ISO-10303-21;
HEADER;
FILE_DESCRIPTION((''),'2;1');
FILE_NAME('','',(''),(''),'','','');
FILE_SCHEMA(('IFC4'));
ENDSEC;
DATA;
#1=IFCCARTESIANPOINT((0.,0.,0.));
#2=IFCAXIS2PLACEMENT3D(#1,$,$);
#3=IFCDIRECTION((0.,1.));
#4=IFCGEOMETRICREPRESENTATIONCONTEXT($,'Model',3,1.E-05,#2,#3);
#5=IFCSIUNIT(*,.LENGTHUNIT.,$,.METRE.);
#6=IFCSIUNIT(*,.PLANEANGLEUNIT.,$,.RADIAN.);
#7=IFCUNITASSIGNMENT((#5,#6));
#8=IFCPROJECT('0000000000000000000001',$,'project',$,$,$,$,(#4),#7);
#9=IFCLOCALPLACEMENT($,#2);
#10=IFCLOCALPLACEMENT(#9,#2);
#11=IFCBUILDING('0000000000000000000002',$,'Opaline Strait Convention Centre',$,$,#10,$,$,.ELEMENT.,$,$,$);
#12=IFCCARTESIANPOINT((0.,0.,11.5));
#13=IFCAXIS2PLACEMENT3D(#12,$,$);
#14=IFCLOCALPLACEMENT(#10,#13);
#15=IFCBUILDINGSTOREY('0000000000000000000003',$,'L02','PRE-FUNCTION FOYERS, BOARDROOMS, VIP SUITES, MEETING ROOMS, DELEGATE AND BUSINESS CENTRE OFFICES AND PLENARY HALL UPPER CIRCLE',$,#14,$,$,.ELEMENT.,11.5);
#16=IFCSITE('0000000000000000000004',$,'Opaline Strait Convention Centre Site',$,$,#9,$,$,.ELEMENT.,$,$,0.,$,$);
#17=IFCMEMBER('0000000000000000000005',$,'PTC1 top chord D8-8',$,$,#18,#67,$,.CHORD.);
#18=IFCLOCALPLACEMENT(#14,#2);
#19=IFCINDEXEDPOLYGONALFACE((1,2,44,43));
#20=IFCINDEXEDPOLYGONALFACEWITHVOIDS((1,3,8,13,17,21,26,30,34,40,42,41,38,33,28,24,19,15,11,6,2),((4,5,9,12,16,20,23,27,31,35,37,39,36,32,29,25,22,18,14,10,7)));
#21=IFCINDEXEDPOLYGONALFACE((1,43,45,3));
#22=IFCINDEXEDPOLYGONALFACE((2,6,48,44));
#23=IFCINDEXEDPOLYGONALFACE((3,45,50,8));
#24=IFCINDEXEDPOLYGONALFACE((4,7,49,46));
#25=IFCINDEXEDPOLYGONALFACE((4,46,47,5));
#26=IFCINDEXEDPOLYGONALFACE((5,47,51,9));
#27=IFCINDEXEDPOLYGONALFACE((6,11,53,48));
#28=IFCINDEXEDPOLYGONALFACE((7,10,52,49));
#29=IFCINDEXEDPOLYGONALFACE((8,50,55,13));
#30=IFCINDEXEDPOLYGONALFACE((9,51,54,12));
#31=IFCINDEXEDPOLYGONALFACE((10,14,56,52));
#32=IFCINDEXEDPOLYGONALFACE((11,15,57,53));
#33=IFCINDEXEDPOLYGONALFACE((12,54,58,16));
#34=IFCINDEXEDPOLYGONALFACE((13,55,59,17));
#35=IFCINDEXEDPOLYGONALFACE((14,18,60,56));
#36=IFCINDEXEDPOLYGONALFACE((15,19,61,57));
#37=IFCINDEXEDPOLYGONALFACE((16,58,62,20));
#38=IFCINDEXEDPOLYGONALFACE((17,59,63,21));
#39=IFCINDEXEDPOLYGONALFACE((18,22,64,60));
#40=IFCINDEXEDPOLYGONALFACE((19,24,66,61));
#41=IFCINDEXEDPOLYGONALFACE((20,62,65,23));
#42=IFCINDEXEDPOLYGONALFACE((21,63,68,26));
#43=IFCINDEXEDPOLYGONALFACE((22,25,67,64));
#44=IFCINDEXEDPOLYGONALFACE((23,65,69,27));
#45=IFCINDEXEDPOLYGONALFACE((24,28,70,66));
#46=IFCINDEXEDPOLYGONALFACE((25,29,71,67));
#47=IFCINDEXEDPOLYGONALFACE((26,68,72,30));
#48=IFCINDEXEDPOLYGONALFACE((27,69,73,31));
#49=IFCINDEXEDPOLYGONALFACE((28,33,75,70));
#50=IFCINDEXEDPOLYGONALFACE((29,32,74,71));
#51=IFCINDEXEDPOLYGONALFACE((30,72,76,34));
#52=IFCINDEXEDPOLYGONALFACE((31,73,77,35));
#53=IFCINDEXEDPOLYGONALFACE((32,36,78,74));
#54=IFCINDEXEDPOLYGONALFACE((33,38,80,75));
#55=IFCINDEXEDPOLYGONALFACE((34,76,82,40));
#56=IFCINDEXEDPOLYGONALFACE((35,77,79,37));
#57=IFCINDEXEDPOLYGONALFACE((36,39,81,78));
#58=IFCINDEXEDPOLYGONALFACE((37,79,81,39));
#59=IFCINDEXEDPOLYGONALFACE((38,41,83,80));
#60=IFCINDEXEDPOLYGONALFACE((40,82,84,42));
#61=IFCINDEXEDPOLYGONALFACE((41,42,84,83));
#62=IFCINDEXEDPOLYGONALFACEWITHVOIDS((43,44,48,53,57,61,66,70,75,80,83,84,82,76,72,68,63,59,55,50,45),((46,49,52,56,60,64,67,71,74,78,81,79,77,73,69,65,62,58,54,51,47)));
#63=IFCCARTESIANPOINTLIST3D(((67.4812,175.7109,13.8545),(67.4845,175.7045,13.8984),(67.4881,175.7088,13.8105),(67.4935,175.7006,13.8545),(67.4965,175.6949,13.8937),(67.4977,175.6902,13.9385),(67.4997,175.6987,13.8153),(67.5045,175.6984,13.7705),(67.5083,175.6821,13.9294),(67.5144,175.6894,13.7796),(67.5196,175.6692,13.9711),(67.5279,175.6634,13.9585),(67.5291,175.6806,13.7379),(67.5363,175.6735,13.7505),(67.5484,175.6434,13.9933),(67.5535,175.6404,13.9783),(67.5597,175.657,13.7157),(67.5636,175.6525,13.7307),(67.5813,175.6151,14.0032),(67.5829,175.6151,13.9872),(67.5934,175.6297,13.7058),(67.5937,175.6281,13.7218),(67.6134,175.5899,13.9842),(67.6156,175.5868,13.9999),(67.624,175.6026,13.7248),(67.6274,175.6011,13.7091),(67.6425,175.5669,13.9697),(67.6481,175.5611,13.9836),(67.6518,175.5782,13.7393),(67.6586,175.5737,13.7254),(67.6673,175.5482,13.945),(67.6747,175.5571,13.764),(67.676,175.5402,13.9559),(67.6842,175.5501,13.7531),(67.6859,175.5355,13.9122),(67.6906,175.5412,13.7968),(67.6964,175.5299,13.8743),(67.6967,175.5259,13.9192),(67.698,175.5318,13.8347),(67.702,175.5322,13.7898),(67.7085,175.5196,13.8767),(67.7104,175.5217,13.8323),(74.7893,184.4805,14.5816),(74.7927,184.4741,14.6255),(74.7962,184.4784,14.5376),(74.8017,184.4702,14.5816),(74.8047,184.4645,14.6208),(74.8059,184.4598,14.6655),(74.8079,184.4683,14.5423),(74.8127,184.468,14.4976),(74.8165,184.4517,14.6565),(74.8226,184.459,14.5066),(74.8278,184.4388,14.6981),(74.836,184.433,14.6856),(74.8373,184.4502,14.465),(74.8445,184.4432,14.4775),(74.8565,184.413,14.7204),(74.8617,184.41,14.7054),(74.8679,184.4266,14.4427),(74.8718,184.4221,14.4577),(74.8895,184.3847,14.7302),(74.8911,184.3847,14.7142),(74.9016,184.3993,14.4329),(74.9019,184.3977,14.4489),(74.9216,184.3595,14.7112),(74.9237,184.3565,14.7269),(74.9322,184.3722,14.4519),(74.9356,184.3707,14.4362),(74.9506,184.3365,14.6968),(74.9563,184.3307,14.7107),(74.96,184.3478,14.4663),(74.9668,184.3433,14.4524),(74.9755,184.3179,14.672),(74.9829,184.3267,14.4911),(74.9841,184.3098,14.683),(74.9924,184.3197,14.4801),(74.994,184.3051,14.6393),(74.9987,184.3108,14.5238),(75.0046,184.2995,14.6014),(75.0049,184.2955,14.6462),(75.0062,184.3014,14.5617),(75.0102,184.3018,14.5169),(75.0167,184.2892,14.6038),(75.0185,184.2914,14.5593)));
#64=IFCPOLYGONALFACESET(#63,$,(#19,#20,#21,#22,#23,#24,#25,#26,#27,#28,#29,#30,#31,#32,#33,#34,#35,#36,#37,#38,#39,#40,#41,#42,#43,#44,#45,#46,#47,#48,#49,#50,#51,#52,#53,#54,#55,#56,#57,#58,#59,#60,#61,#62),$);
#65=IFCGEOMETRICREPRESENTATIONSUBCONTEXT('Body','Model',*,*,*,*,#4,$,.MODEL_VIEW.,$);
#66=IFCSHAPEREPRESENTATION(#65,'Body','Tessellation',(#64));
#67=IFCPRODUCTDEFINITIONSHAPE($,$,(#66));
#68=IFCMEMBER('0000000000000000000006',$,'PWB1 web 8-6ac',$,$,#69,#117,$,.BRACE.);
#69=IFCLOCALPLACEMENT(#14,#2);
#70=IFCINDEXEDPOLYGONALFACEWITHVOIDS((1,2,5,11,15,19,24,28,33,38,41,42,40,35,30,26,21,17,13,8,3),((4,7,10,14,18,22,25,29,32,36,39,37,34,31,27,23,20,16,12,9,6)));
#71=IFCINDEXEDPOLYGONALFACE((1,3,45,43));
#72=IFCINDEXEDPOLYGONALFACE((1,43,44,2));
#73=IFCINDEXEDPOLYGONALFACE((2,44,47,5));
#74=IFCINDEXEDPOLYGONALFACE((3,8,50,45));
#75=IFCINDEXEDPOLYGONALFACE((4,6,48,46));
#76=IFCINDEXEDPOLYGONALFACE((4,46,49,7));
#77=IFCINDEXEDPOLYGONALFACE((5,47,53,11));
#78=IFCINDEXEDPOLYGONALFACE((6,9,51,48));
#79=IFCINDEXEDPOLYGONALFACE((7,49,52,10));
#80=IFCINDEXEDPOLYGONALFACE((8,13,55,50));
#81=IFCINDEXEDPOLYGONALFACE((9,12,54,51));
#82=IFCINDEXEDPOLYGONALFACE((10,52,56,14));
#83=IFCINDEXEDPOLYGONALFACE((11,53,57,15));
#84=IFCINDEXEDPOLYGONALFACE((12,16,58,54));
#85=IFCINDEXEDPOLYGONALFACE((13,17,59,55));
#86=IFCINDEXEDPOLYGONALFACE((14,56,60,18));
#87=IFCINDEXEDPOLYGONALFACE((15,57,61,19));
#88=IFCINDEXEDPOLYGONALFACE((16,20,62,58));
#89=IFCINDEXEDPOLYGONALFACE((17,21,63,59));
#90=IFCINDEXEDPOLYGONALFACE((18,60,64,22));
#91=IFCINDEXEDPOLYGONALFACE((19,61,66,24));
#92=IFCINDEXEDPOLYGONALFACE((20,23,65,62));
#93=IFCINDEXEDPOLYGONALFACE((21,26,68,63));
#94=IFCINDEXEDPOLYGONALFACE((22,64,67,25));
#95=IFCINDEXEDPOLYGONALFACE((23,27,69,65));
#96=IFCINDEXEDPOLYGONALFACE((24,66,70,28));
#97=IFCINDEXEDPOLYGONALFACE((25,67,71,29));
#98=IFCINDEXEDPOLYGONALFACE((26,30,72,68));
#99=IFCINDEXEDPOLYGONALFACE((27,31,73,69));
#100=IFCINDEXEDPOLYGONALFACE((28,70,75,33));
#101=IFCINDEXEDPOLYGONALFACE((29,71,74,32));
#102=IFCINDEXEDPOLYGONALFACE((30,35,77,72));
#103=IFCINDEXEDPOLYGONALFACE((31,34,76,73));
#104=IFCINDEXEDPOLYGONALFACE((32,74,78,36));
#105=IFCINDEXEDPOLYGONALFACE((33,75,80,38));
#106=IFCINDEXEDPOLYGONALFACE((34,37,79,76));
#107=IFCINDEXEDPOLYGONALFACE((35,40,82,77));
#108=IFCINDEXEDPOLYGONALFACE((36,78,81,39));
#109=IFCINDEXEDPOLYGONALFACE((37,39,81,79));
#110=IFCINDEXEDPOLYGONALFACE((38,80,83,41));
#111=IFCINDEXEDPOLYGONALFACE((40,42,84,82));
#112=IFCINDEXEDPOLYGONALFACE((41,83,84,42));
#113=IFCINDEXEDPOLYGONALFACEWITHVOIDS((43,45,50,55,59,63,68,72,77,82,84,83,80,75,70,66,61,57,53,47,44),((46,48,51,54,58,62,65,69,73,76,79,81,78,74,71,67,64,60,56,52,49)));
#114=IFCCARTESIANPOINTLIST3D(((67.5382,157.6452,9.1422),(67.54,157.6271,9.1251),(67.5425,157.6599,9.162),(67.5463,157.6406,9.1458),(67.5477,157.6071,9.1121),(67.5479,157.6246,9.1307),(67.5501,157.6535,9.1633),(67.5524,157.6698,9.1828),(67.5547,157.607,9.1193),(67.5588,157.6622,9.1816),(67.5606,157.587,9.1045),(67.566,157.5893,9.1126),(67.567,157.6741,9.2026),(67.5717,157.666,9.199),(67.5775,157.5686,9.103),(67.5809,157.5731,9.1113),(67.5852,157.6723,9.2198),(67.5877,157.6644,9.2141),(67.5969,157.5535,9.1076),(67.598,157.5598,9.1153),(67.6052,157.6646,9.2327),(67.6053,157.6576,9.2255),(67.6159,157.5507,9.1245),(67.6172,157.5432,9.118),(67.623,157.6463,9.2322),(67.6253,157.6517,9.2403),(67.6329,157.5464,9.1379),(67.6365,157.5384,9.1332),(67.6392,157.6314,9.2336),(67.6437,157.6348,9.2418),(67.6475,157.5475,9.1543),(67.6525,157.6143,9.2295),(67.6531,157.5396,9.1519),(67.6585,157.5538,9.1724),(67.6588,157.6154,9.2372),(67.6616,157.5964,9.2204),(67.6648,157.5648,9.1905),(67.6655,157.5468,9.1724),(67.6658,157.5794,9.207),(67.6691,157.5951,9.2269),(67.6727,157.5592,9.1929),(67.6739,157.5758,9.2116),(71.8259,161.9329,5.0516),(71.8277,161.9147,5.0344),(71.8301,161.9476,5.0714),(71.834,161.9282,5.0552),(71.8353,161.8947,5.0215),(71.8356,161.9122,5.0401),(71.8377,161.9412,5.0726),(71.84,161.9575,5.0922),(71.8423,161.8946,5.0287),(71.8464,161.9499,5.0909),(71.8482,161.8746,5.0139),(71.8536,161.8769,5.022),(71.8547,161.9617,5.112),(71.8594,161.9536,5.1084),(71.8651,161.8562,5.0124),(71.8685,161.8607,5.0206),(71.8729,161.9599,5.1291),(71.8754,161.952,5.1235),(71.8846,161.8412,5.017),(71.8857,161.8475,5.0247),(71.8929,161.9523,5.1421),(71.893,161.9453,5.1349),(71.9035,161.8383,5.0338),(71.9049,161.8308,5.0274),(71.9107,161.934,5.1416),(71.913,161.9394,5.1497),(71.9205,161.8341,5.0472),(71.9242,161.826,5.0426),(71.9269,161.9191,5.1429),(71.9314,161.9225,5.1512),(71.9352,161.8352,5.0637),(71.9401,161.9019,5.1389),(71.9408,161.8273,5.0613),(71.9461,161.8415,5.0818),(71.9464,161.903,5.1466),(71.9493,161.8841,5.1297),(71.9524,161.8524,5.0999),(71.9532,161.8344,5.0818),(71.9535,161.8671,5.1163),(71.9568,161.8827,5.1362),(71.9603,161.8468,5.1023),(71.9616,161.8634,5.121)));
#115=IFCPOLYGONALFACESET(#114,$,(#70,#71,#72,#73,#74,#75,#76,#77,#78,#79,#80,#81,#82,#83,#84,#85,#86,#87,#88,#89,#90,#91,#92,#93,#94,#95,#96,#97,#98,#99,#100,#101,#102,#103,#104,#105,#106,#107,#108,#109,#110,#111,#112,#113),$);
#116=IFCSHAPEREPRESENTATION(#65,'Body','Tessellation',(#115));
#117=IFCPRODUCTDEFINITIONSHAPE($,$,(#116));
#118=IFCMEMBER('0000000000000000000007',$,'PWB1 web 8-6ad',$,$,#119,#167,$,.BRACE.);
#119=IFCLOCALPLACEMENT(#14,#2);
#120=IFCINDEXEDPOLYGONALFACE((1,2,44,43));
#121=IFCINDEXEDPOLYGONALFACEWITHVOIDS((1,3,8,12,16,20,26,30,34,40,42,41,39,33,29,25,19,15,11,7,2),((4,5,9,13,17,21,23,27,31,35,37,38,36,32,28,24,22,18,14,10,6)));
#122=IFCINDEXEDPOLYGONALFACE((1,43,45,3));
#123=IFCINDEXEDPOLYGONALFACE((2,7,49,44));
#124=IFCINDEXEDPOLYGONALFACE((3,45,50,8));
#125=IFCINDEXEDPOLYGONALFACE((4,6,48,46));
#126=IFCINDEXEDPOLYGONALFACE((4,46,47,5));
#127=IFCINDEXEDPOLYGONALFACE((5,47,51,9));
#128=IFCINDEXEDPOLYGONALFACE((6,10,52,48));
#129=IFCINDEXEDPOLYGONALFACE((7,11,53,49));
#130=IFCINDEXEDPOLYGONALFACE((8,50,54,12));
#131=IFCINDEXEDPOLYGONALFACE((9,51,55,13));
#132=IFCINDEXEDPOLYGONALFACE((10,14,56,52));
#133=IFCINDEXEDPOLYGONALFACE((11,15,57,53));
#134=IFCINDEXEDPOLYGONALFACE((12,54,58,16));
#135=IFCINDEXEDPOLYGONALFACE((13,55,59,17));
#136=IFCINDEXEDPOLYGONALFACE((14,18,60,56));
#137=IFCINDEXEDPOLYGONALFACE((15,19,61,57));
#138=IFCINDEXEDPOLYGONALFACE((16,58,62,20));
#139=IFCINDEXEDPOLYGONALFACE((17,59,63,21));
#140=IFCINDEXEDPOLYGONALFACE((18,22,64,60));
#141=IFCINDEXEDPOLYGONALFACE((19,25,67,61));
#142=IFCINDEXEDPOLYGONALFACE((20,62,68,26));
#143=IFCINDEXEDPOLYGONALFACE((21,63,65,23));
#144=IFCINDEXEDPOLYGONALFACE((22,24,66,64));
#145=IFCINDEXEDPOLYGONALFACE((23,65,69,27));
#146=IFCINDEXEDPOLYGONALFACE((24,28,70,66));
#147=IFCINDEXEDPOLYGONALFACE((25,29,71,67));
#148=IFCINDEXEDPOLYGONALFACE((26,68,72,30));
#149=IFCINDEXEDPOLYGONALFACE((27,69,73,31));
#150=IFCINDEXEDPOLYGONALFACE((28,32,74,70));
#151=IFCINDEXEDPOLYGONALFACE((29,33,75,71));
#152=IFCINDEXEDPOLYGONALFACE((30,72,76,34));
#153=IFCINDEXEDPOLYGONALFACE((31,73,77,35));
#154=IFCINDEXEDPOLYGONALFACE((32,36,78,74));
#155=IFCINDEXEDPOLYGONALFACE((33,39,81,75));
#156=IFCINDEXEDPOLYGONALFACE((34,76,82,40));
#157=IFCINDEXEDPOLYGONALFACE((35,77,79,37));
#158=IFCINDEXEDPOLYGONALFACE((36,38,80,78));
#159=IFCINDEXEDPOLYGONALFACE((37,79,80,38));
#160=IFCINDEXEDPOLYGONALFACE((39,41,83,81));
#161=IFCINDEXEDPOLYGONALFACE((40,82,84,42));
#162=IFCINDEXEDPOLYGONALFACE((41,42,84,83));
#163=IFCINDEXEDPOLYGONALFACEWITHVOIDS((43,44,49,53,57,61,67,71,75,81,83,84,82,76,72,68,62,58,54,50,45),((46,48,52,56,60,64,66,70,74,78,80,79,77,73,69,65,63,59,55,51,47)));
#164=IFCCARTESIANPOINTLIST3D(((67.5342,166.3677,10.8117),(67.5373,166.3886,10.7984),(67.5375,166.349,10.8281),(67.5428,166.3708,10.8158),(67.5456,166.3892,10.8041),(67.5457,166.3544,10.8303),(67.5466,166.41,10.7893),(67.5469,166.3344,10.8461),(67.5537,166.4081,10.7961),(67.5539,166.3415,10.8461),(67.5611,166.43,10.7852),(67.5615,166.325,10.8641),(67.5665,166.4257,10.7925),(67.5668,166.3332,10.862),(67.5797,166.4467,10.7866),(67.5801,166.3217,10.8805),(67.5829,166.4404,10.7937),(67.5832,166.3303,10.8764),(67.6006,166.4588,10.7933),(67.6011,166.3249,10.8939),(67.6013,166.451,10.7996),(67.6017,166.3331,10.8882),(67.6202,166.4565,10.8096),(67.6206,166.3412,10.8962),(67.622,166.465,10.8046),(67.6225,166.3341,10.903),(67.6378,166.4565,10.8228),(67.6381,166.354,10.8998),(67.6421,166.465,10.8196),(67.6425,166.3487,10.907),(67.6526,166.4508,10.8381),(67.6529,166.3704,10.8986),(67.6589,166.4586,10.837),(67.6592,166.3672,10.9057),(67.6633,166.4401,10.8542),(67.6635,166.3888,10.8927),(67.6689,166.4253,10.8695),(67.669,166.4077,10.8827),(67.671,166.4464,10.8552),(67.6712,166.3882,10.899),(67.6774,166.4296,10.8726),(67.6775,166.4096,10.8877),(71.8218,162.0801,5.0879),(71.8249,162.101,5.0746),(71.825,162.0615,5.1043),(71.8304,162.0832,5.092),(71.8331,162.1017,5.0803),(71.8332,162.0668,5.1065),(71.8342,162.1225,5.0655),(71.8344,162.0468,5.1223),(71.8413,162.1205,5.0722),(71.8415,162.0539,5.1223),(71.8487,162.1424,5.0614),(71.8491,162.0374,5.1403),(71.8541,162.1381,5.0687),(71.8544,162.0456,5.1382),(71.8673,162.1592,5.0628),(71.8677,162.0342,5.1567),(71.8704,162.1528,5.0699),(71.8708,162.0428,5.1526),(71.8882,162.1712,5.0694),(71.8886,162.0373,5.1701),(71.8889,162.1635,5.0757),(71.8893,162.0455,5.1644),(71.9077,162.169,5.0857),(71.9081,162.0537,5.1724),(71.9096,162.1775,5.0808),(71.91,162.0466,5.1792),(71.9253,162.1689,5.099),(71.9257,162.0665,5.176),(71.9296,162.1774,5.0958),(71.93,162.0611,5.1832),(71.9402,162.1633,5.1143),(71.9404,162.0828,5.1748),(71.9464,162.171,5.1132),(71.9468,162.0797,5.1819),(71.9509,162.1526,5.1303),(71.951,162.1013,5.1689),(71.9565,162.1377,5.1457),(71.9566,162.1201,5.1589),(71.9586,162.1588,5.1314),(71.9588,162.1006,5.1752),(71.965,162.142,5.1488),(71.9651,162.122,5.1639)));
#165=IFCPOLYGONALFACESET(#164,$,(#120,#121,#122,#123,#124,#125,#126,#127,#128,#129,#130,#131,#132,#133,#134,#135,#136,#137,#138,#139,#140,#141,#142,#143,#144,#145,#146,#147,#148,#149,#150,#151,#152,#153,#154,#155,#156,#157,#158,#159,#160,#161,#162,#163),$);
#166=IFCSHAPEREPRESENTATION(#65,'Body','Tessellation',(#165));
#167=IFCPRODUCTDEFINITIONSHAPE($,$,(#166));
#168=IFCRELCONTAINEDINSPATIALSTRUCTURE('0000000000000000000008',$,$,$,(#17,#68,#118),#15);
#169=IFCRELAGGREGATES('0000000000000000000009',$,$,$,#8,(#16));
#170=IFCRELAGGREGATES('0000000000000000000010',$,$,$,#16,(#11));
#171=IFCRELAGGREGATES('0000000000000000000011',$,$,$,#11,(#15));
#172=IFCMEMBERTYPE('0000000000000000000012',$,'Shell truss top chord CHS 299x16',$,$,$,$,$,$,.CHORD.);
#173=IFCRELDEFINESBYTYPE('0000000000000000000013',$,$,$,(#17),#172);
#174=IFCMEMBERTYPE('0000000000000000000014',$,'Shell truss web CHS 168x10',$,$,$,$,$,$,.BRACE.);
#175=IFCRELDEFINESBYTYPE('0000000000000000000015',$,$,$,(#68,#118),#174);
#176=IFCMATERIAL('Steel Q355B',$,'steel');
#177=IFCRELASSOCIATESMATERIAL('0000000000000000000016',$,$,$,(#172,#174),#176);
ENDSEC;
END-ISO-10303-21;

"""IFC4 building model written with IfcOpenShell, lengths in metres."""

from ifc_helpers import new_model, si_unit, direction, frame, origin, origin_2d, place, context, subcontext, project, spatial, hollow_circle, extrude, material, material_profile, profile_set, type_object, element, save


model = new_model("IFC4")

# Units and contexts
model_context = context("Model", 3, precision=1e-05, world=origin(), true_north=direction((0.0, 1.0)))
body_context = subcontext(model_context, "Body", "Model", "MODEL_VIEW")
ifc_project = project(units=[si_unit("LENGTHUNIT", "METRE"), si_unit("PLANEANGLEUNIT", "RADIAN")], contexts=[model_context])

# Site, building, storey
site_placement = place(None, origin())
site = spatial("IfcSite", under=ifc_project, at=site_placement, Name="Opaline Strait Convention Centre Site", CompositionType="ELEMENT", RefElevation=0.0)
building_placement = place(site_placement, origin())
building = spatial("IfcBuilding", under=site, at=building_placement, Name="Opaline Strait Convention Centre", CompositionType="ELEMENT")
storey_placement = place(building_placement, frame((0.0, 0.0, 11.5)))
storey = spatial("IfcBuildingStorey", under=building, at=storey_placement, Name="L02", Description="PRE-FUNCTION FOYERS, BOARDROOMS, VIP SUITES, MEETING ROOMS, DELEGATE AND BUSINESS CENTRE OFFICES AND PLENARY HALL UPPER CIRCLE", CompositionType="ELEMENT", Elevation=11.5)

# Members
ifc_material_1 = material(Name="Steel Q355B", Category="steel")
ifc_material_profile_1 = material_profile(ifc_material_1, hollow_circle(Radius=0.1494, WallThickness=0.0161, at=origin_2d()), Name="CHS 299x16")
ifc_profile_set_1 = profile_set([ifc_material_profile_1], Name="Steel Q355B")
member_type_1 = type_object("IfcMemberType", Name="Shell truss top chord CHS 299x16", PredefinedType="CHORD", material=ifc_profile_set_1)
member_1_placement = place(storey_placement, frame((67.5959, 175.6152, 13.8545), z_axis=(0.638898, 0.766661, 0.063561), x_axis=(-0.768214, 0.640193, 0.0)))
element("IfcMember", 1, at=member_1_placement, inside=storey, type_object=member_type_1, Name="PTC1 top chord D8-8", PredefinedType="CHORD", context=body_context, shape_type="SweptSolid", body=[
    extrude(hollow_circle(Radius=0.1494, WallThickness=0.0161, at=origin_2d()), origin(), (0.0, 0.0, 1.0), 11.4387),
])
ifc_material_profile_2 = material_profile(ifc_material_1, hollow_circle(Radius=0.084, WallThickness=0.01, at=origin_2d()), Name="CHS 168x10")
ifc_profile_set_2 = profile_set([ifc_material_profile_2], Name="Steel Q355B")
member_type_2 = type_object("IfcMemberType", Name="Shell truss web CHS 168x10", PredefinedType="BRACE", material=ifc_profile_set_2)
member_2_placement = place(storey_placement, frame((71.8938, 161.8938, 5.0818), z_axis=(-0.586189, -0.586189, 0.559253), x_axis=(0.707107, -0.707107, 0.0)))
element("IfcMember", 2, at=member_2_placement, inside=storey, type_object=member_type_2, Name="PWB1 web 8-6ac", PredefinedType="BRACE", context=body_context, shape_type="SweptSolid", body=[
    extrude(hollow_circle(Radius=0.084, WallThickness=0.01, at=origin_2d()), origin(), (0.0, 0.0, 1.0), 7.3145),
])
member_3_placement = place(storey_placement, frame((71.8938, 162.1062, 5.1223), z_axis=(-0.514196, 0.514196, 0.686444), x_axis=(-0.707107, -0.707107, 0.0)))
element("IfcMember", 3, at=member_3_placement, inside=storey, type_object=member_type_2, Name="PWB1 web 8-6ad", PredefinedType="BRACE", context=body_context, shape_type="SweptSolid", body=[
    extrude(hollow_circle(Radius=0.084, WallThickness=0.01, at=origin_2d()), origin(), (0.0, 0.0, 1.0), 8.3384),
])

save(model, "model.ifc")
